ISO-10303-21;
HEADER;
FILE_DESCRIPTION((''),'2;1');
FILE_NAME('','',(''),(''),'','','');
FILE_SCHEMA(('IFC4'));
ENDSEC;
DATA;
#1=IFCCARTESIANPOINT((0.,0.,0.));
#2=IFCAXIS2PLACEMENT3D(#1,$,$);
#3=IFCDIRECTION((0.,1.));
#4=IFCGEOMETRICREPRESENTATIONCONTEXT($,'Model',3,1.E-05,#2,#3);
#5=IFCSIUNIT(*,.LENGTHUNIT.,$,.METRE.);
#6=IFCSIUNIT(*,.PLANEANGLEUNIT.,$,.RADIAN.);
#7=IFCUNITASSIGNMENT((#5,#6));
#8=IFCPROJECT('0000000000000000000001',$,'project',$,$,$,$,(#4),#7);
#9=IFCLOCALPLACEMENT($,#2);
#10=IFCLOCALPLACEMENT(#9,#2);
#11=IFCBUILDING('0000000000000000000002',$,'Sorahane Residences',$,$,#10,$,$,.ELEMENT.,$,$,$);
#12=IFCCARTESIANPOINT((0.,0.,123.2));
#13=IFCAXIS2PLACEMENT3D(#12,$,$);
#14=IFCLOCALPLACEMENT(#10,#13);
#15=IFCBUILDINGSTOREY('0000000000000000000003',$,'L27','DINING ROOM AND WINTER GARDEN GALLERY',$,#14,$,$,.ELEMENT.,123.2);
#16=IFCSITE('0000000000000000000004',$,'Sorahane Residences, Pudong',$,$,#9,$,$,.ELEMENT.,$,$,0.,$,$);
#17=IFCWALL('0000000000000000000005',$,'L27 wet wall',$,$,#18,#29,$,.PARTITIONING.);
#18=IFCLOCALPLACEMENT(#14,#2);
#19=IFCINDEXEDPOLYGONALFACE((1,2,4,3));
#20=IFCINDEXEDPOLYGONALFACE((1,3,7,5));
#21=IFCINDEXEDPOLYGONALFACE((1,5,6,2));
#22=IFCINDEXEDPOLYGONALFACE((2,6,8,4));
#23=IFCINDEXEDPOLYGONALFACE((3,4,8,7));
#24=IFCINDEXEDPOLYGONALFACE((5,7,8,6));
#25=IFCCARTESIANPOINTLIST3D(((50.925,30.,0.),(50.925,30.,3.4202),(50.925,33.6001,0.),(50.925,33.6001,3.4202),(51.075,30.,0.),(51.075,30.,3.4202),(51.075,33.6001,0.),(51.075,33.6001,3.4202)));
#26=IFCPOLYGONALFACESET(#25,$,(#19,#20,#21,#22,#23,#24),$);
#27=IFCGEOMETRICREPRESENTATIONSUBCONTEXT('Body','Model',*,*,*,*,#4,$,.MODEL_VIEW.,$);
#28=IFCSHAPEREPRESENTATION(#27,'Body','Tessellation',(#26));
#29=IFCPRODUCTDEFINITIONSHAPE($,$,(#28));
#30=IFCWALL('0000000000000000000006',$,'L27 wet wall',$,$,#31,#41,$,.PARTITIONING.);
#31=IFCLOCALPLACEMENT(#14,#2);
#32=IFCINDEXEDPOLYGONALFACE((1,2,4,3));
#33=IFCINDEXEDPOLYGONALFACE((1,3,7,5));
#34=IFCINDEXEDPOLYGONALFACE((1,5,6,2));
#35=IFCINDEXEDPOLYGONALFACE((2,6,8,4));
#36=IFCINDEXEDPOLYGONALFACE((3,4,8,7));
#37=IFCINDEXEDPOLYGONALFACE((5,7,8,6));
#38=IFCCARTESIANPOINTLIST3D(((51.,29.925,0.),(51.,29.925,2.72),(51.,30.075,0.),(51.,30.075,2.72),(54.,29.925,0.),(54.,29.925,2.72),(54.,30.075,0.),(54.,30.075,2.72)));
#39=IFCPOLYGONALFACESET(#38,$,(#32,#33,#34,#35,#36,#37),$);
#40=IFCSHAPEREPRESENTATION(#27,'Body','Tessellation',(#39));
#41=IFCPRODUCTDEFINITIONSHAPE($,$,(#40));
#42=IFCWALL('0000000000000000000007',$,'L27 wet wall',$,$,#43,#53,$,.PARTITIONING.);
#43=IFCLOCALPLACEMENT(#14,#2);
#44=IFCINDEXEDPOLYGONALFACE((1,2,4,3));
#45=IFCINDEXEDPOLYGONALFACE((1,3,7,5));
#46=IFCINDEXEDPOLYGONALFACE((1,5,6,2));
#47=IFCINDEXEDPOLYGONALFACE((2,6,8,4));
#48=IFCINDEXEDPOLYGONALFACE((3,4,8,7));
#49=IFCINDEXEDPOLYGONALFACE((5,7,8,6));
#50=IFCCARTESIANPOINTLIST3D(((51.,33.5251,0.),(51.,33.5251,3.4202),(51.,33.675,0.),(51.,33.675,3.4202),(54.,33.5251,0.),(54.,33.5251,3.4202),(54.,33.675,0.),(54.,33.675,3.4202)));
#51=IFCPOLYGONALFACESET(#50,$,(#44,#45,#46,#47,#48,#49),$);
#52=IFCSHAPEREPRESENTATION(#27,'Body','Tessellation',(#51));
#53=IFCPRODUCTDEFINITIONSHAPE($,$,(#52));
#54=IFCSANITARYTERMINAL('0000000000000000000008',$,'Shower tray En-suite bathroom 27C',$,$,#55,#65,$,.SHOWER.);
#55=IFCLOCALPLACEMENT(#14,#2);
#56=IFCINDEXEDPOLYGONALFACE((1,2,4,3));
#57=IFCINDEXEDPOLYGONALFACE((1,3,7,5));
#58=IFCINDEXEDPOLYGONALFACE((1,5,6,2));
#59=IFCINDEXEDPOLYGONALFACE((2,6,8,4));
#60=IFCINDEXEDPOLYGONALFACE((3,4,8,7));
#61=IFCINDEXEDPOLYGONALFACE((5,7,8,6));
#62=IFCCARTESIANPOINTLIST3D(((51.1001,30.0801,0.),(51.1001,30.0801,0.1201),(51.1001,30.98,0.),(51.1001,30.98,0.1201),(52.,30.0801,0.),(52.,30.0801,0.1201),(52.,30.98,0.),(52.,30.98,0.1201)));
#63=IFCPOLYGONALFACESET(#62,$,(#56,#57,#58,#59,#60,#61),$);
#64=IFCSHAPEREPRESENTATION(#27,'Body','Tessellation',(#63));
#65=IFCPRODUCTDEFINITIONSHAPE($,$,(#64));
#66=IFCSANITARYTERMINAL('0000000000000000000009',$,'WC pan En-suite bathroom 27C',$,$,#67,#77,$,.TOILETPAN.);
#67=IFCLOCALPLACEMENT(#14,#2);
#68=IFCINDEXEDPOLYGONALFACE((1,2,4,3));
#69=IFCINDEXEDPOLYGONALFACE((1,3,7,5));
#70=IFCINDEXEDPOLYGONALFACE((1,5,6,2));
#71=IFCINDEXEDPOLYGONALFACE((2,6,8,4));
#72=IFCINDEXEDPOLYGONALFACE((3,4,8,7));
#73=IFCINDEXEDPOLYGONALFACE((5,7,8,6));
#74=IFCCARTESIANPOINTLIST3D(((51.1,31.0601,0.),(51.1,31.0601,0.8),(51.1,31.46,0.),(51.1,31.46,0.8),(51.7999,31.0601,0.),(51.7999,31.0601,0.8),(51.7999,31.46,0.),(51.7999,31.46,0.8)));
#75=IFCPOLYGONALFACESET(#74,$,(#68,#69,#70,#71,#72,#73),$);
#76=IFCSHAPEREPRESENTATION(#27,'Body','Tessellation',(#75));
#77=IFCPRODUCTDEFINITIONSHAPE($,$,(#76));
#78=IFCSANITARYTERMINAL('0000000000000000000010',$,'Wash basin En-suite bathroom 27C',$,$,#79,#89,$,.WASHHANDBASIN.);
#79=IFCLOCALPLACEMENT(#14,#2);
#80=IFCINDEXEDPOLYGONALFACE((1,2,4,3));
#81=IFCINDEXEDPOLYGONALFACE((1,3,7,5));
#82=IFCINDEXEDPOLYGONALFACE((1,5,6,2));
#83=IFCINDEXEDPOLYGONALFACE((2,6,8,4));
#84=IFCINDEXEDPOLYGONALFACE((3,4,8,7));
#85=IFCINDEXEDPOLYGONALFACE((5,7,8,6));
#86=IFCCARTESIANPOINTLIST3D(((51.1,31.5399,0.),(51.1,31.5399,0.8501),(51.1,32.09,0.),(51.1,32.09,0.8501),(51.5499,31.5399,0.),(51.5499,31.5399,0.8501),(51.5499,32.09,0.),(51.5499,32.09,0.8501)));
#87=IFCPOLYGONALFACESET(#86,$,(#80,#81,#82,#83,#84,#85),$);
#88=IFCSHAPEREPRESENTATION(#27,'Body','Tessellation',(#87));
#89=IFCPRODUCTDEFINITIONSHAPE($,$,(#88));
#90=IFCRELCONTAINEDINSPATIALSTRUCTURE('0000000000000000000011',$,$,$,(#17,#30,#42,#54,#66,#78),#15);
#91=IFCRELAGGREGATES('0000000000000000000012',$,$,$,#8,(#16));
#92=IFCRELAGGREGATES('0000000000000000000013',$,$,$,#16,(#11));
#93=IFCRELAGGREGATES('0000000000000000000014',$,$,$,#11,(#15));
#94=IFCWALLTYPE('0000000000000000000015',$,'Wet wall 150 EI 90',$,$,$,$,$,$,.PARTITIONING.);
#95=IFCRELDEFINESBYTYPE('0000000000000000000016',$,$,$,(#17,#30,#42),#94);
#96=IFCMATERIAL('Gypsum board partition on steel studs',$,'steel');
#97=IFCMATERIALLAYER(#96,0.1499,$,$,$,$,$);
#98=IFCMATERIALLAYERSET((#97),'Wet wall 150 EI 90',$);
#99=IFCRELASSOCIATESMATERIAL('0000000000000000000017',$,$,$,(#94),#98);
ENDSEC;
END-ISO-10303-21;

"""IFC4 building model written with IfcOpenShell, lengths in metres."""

from ifc_helpers import new_model, si_unit, direction, frame, frame_2d, origin, origin_2d, place, context, subcontext, project, spatial, rectangle, extrude, material, layer, layer_set, type_object, element, save


model = new_model("IFC4")

# Units and contexts
model_context = context("Model", 3, precision=1e-05, world=origin(), true_north=direction((0.0, 1.0)))
body_context = subcontext(model_context, "Body", "Model", "MODEL_VIEW")
ifc_project = project(units=[si_unit("LENGTHUNIT", "METRE"), si_unit("PLANEANGLEUNIT", "RADIAN")], contexts=[model_context])

# Site, building, storey
site_placement = place(None, origin())
site = spatial("IfcSite", under=ifc_project, at=site_placement, Name="Sorahane Residences, Pudong", CompositionType="ELEMENT", RefElevation=0.0)
building_placement = place(site_placement, origin())
building = spatial("IfcBuilding", under=site, at=building_placement, Name="Sorahane Residences", CompositionType="ELEMENT")
storey_placement = place(building_placement, frame((0.0, 0.0, 123.2)))
storey = spatial("IfcBuildingStorey", under=building, at=storey_placement, Name="L27", Description="DINING ROOM AND WINTER GARDEN GALLERY", CompositionType="ELEMENT", Elevation=123.2)

# Wall
ifc_material_1 = material(Name="Gypsum board partition on steel studs", Category="steel")
ifc_layer_1 = layer(ifc_material_1, 0.1499)
ifc_layer_set_1 = layer_set([ifc_layer_1], Name="Wet wall 150 EI 90")
wall_type_1 = type_object("IfcWallType", Name="Wet wall 150 EI 90", PredefinedType="PARTITIONING", material=ifc_layer_set_1)
wall_1_placement = place(storey_placement, frame((51.0, 30.0, 0.0), z_axis=(0.0, 0.0, 1.0), x_axis=(0.0, 1.0, 0.0)))
element("IfcWall", 1, at=wall_1_placement, inside=storey, type_object=wall_type_1, Name="L27 wet wall", PredefinedType="PARTITIONING", context=body_context, shape_type="SweptSolid", body=[
    extrude(rectangle(XDim=3.6001, YDim=0.1499, at=frame_2d((1.8, 0.0))), origin(), (0.0, 0.0, 1.0), 3.4202),
])

# Walls
wall_2_placement = place(storey_placement, frame((51.0, 30.0, 0.0), z_axis=(0.0, 0.0, 1.0), x_axis=(1.0, 0.0, 0.0)))
element("IfcWall", 2, at=wall_2_placement, inside=storey, type_object=wall_type_1, Name="L27 wet wall", PredefinedType="PARTITIONING", context=body_context, shape_type="SweptSolid", body=[
    extrude(rectangle(XDim=3.0, YDim=0.1499, at=frame_2d((1.5, 0.0))), origin(), (0.0, 0.0, 1.0), 2.72),
])
wall_3_placement = place(storey_placement, frame((51.0, 33.6001, 0.0), z_axis=(0.0, 0.0, 1.0), x_axis=(1.0, 0.0, 0.0)))
element("IfcWall", 3, at=wall_3_placement, inside=storey, type_object=wall_type_1, Name="L27 wet wall", PredefinedType="PARTITIONING", context=body_context, shape_type="SweptSolid", body=[
    extrude(rectangle(XDim=3.0, YDim=0.1499, at=frame_2d((1.5, 0.0))), origin(), (0.0, 0.0, 1.0), 3.4202),
])

# Sanitary terminals
sanitary_terminal_1_placement = place(storey_placement, frame((51.55, 30.53, 0.0), z_axis=(0.0, 0.0, 1.0), x_axis=(0.0, 1.0, 0.0)))
element("IfcSanitaryTerminal", 4, at=sanitary_terminal_1_placement, inside=storey, Name="Shower tray En-suite bathroom 27C", PredefinedType="SHOWER", context=body_context, shape_type="SweptSolid", body=[
    extrude(rectangle(XDim=0.8999, YDim=0.8999, at=origin_2d()), origin(), (0.0, 0.0, 1.0), 0.1201),
])
sanitary_terminal_2_placement = place(storey_placement, frame((51.45, 31.26, 0.0), z_axis=(0.0, 0.0, 1.0), x_axis=(0.0, 1.0, 0.0)))
element("IfcSanitaryTerminal", 5, at=sanitary_terminal_2_placement, inside=storey, Name="WC pan En-suite bathroom 27C", PredefinedType="TOILETPAN", context=body_context, shape_type="SweptSolid", body=[
    extrude(rectangle(XDim=0.3999, YDim=0.7, at=origin_2d()), origin(), (0.0, 0.0, 1.0), 0.8),
])
sanitary_terminal_3_placement = place(storey_placement, frame((51.325, 31.8149, 0.0), z_axis=(0.0, 0.0, 1.0), x_axis=(0.0, 1.0, 0.0)))
element("IfcSanitaryTerminal", 6, at=sanitary_terminal_3_placement, inside=storey, Name="Wash basin En-suite bathroom 27C", PredefinedType="WASHHANDBASIN", context=body_context, shape_type="SweptSolid", body=[
    extrude(rectangle(XDim=0.55, YDim=0.45, at=origin_2d()), origin(), (0.0, 0.0, 1.0), 0.8501),
])

save(model, "model.ifc")
